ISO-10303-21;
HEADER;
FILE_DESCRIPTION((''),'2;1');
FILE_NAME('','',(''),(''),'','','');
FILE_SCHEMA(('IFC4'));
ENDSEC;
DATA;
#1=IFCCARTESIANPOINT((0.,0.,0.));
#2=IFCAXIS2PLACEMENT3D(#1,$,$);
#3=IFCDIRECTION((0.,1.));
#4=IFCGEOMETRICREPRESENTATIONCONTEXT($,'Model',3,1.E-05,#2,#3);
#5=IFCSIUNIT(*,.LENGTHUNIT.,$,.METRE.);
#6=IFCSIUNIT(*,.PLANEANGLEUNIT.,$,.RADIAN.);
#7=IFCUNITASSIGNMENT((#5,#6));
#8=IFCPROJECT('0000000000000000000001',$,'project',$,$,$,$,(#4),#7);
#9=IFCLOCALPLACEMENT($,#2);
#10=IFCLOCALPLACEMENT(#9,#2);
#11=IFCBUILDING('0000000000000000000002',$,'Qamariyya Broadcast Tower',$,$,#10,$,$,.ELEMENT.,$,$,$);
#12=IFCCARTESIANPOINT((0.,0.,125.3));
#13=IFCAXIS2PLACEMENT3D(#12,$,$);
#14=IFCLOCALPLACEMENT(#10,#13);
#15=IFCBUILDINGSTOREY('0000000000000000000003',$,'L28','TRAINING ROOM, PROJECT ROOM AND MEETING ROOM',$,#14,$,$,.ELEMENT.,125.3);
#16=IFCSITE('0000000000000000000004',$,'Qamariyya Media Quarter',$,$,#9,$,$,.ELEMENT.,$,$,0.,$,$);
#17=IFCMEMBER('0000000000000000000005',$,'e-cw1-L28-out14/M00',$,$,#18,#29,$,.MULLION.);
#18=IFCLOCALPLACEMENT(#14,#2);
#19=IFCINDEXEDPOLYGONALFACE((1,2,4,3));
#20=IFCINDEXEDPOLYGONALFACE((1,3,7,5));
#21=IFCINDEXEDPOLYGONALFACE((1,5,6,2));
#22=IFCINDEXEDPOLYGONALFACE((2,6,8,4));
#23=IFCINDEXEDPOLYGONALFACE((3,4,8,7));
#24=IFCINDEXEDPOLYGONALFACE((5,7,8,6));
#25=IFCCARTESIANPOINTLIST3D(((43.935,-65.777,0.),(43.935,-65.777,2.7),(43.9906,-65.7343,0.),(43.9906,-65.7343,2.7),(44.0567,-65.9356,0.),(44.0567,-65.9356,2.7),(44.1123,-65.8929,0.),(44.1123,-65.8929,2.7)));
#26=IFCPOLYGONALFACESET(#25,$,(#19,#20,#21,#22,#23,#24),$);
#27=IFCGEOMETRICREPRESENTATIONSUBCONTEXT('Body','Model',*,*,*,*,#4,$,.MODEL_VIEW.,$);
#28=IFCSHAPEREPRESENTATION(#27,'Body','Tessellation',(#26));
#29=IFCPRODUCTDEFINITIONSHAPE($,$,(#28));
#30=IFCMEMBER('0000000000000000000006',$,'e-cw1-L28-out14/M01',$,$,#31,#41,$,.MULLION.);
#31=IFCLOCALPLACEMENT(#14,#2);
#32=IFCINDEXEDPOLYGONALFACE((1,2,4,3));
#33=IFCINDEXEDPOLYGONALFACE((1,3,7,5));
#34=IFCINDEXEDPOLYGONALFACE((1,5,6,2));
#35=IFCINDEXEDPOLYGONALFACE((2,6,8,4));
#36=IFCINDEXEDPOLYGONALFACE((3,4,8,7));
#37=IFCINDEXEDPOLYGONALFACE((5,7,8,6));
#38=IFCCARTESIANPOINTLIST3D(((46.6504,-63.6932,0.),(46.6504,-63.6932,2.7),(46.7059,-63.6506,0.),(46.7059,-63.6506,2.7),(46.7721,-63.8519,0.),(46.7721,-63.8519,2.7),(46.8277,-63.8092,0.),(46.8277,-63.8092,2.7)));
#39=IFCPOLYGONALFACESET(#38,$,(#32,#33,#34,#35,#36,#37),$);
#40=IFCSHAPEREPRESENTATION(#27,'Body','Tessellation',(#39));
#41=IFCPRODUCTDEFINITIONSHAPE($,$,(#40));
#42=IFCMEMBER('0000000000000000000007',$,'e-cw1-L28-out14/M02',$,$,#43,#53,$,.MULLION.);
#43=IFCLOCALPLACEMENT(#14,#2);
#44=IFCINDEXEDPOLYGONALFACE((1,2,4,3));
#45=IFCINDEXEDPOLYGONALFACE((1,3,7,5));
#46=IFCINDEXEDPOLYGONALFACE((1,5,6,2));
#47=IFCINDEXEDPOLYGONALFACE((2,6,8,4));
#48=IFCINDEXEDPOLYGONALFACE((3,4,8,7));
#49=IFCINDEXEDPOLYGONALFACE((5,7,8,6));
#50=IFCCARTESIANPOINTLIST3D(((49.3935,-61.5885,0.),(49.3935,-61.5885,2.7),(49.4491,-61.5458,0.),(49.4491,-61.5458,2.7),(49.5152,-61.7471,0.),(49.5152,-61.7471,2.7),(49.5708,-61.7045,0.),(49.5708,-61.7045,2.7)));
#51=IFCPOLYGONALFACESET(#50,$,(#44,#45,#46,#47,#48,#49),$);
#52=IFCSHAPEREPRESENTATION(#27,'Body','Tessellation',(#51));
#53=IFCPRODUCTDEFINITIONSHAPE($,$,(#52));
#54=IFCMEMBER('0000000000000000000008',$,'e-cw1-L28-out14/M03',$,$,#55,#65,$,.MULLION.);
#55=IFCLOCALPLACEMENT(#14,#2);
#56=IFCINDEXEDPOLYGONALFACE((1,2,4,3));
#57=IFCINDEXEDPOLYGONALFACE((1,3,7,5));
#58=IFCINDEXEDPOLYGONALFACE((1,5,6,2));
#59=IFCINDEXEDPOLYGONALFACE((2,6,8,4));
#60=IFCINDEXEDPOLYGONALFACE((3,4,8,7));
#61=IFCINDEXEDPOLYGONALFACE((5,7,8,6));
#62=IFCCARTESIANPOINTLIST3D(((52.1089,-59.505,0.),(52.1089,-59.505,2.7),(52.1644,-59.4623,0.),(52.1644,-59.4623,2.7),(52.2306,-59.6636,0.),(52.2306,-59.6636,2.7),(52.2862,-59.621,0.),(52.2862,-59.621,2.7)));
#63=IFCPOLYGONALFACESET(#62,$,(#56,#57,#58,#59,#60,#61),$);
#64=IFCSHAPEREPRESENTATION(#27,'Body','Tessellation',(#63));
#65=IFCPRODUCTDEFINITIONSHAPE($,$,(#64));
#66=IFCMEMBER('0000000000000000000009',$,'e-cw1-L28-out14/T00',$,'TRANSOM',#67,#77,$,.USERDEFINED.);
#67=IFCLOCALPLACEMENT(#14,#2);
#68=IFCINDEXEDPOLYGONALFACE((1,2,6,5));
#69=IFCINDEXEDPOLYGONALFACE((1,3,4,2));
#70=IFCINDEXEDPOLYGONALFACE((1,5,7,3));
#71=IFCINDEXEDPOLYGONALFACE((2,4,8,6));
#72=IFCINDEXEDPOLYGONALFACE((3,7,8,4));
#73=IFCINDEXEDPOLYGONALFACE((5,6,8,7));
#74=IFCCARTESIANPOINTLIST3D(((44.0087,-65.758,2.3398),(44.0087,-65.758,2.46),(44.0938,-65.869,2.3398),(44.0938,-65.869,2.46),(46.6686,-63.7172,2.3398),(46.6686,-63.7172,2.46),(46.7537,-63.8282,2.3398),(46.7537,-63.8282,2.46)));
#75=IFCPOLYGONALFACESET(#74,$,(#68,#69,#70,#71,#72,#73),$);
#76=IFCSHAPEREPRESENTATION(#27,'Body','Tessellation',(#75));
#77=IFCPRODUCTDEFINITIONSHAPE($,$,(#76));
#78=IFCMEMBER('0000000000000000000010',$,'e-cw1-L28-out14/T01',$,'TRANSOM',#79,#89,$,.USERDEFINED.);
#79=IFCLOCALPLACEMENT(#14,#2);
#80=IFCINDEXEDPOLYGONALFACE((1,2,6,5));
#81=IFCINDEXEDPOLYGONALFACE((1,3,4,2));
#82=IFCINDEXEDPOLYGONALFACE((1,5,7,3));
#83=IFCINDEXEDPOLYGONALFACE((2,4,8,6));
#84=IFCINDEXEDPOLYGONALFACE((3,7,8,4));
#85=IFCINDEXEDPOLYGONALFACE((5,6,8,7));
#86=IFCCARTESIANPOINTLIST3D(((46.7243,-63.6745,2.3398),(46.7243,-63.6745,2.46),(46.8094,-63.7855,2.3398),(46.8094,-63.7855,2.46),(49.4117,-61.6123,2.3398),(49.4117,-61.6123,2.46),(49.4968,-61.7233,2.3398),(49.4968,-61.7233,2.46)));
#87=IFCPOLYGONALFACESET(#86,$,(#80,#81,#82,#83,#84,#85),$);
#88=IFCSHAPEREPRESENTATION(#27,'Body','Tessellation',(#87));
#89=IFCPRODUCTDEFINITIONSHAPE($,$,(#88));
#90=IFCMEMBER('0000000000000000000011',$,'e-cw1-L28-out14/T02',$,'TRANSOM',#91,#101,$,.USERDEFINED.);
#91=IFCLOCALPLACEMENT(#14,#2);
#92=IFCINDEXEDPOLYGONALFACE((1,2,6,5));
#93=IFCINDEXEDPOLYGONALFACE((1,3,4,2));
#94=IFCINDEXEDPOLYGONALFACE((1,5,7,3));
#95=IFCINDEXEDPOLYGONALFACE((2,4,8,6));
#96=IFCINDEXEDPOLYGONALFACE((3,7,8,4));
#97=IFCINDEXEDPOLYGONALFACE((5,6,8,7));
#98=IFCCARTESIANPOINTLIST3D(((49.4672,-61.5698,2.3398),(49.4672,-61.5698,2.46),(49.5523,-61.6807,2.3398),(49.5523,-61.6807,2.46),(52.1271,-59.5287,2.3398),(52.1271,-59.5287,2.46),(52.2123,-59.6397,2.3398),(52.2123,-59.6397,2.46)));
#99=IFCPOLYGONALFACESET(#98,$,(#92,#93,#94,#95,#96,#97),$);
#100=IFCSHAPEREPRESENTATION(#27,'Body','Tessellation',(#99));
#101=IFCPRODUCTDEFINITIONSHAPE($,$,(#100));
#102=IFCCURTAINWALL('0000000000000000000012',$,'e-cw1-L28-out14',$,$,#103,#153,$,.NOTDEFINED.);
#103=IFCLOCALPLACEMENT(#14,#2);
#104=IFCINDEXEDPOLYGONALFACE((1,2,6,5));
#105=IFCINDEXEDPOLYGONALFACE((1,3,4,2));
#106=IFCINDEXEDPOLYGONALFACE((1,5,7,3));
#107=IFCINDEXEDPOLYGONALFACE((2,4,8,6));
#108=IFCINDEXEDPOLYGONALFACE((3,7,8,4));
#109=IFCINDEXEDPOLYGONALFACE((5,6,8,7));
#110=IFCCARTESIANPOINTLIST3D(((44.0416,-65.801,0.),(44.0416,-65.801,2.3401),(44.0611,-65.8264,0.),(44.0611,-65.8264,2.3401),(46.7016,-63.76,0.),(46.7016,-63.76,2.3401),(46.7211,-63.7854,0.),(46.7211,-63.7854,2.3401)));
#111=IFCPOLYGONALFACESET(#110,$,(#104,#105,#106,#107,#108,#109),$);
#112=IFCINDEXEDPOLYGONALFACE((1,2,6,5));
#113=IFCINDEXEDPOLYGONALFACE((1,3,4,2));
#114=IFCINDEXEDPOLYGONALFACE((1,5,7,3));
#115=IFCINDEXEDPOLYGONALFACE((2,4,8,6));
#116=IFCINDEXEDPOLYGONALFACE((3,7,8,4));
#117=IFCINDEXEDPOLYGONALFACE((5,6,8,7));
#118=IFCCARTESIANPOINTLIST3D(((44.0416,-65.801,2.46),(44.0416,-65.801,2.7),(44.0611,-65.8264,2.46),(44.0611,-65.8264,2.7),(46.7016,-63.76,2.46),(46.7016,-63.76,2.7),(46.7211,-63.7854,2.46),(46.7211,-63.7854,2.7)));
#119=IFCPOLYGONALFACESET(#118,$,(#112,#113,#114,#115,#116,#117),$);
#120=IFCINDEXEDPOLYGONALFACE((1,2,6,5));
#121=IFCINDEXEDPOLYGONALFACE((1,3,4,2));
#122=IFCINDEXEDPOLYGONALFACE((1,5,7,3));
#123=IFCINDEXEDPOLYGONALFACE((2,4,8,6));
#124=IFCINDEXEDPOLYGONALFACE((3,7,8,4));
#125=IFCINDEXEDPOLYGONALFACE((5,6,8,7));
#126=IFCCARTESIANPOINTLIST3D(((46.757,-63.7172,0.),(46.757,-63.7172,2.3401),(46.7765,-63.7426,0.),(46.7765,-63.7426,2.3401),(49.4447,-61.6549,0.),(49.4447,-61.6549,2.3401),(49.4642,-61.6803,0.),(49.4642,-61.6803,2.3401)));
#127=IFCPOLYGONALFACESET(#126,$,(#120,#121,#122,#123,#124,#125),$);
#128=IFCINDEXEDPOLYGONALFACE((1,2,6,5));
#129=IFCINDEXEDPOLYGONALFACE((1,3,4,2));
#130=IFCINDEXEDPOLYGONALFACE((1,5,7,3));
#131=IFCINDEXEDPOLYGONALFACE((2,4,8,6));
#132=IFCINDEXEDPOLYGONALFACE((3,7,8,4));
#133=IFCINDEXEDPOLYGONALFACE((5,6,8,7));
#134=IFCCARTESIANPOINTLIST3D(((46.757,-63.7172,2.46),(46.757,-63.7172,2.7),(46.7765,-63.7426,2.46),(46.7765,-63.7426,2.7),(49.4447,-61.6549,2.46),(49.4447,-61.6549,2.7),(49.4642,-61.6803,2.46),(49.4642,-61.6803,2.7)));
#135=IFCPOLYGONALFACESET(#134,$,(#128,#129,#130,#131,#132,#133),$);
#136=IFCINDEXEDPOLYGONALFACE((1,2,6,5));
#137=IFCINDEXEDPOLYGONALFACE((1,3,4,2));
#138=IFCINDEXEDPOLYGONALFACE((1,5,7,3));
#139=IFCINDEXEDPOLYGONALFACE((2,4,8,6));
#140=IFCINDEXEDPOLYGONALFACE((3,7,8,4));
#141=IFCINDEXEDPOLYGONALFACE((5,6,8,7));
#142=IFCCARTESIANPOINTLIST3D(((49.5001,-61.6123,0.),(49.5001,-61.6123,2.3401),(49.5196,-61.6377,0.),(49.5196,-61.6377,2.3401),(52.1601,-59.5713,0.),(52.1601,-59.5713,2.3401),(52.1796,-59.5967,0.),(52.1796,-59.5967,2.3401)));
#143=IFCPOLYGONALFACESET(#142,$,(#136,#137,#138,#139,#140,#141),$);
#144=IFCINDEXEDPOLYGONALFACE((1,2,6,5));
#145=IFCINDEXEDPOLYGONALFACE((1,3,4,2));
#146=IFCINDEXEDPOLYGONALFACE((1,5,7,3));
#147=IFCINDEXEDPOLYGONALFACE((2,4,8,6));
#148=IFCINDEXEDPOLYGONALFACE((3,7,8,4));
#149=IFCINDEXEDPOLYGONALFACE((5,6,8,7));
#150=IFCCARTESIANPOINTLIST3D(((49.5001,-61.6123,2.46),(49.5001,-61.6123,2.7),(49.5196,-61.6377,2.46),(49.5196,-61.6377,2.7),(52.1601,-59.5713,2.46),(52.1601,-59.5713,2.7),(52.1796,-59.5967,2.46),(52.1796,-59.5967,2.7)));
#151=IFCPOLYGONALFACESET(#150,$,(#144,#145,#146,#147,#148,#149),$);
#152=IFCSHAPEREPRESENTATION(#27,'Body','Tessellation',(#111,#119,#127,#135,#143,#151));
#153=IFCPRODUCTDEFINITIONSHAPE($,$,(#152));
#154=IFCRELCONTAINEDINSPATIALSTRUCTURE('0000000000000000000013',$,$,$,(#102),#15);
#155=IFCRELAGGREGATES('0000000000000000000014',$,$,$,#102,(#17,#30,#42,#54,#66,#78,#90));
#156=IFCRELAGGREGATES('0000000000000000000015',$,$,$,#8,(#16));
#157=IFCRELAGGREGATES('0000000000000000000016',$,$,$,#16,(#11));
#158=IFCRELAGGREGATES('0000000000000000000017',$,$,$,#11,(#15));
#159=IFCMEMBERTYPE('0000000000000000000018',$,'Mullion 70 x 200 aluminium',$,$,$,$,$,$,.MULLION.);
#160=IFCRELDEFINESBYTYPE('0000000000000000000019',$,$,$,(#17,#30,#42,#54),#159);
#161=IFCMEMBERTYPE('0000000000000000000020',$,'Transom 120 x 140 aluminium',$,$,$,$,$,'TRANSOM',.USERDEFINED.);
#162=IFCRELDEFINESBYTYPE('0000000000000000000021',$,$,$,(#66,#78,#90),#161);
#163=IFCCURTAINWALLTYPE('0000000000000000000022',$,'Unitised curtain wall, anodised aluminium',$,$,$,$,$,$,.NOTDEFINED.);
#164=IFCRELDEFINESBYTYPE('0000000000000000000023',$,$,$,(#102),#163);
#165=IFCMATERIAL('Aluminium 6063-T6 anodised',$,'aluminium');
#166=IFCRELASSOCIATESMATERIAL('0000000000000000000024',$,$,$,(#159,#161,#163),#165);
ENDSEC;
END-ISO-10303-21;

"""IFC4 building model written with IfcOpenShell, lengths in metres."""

from ifc_helpers import new_model, si_unit, direction, frame, origin, origin_2d, place, context, subcontext, project, spatial, rectangle, extrude, material, material_profile, profile_set, type_object, element, aggregate, save


model = new_model("IFC4")

# Units and contexts
model_context = context("Model", 3, precision=1e-05, world=origin(), true_north=direction((0.0, 1.0)))
body_context = subcontext(model_context, "Body", "Model", "MODEL_VIEW")
ifc_project = project(units=[si_unit("LENGTHUNIT", "METRE"), si_unit("PLANEANGLEUNIT", "RADIAN")], contexts=[model_context])

# Members
ifc_material = material(Name="Aluminium 6063-T6 anodised", Category="aluminium")
ifc_material_profile_1 = material_profile(ifc_material, rectangle(XDim=0.2, YDim=0.0701, at=origin_2d()))
ifc_profile_set_1 = profile_set([ifc_material_profile_1], Name="Aluminium 6063-T6 anodised")
member_type_1 = type_object("IfcMemberType", Name="Mullion 70 x 200 aluminium", PredefinedType="MULLION", material=ifc_profile_set_1)
site_placement = place(None, origin())
building_placement = place(site_placement, origin())
storey_placement = place(building_placement, frame((0.0, 0.0, 125.3)))
member_1_placement = place(storey_placement, frame((44.0237, -65.835, 0.0), z_axis=(0.0, 0.0, 1.0), x_axis=(-0.608761, 0.793353, 0.0)))
member_1 = element("IfcMember", 1, at=member_1_placement, type_object=member_type_1, Name="e-cw1-L28-out14/M00", PredefinedType="MULLION", context=body_context, shape_type="SweptSolid", body=[
    extrude(rectangle(XDim=0.2, YDim=0.0701, at=origin_2d()), origin(), (0.0, 0.0, 1.0), 2.7),
])
member_2_placement = place(storey_placement, frame((46.739, -63.7512, 0.0), z_axis=(0.0, 0.0, 1.0), x_axis=(-0.608761, 0.793353, 0.0)))
member_2 = element("IfcMember", 2, at=member_2_placement, type_object=member_type_1, Name="e-cw1-L28-out14/M01", PredefinedType="MULLION", context=body_context, shape_type="SweptSolid", body=[
    extrude(rectangle(XDim=0.2, YDim=0.0701, at=origin_2d()), origin(), (0.0, 0.0, 1.0), 2.7),
])
member_3_placement = place(storey_placement, frame((49.4822, -61.6465, 0.0), z_axis=(0.0, 0.0, 1.0), x_axis=(-0.608761, 0.793353, 0.0)))
member_3 = element("IfcMember", 3, at=member_3_placement, type_object=member_type_1, Name="e-cw1-L28-out14/M02", PredefinedType="MULLION", context=body_context, shape_type="SweptSolid", body=[
    extrude(rectangle(XDim=0.2, YDim=0.0701, at=origin_2d()), origin(), (0.0, 0.0, 1.0), 2.7),
])
member_4_placement = place(storey_placement, frame((52.1975, -59.563, 0.0), z_axis=(0.0, 0.0, 1.0), x_axis=(-0.608761, 0.793353, 0.0)))
member_4 = element("IfcMember", 4, at=member_4_placement, type_object=member_type_1, Name="e-cw1-L28-out14/M03", PredefinedType="MULLION", context=body_context, shape_type="SweptSolid", body=[
    extrude(rectangle(XDim=0.2, YDim=0.0701, at=origin_2d()), origin(), (0.0, 0.0, 1.0), 2.7),
])
ifc_material_profile_2 = material_profile(ifc_material, rectangle(XDim=0.1399, YDim=0.1201, at=origin_2d()))
ifc_profile_set_2 = profile_set([ifc_material_profile_2], Name="Aluminium 6063-T6 anodised")
member_type_2 = type_object("IfcMemberType", Name="Transom 120 x 140 aluminium", ElementType="TRANSOM", PredefinedType="USERDEFINED", material=ifc_profile_set_2)
member_5_placement = place(storey_placement, frame((44.0513, -65.8135, 2.3999), z_axis=(0.793389, 0.608714, 0.0), x_axis=(-0.608714, 0.793389, 0.0)))
member_5 = element("IfcMember", 5, at=member_5_placement, type_object=member_type_2, Name="e-cw1-L28-out14/T00", ObjectType="TRANSOM", PredefinedType="USERDEFINED", context=body_context, shape_type="SweptSolid", body=[
    extrude(rectangle(XDim=0.1399, YDim=0.1201, at=origin_2d()), origin(), (0.0, 0.0, 1.0), 3.3525),
])
member_6_placement = place(storey_placement, frame((46.7668, -63.73, 2.3999), z_axis=(0.793344, 0.608773, 0.0), x_axis=(-0.608773, 0.793344, 0.0)))
member_6 = element("IfcMember", 6, at=member_6_placement, type_object=member_type_2, Name="e-cw1-L28-out14/T01", ObjectType="TRANSOM", PredefinedType="USERDEFINED", context=body_context, shape_type="SweptSolid", body=[
    extrude(rectangle(XDim=0.1399, YDim=0.1201, at=origin_2d()), origin(), (0.0, 0.0, 1.0), 3.3875),
])
member_7_placement = place(storey_placement, frame((49.5098, -61.6252, 2.3999), z_axis=(0.793354, 0.60876, 0.0), x_axis=(-0.60876, 0.793354, 0.0)))
member_7 = element("IfcMember", 7, at=member_7_placement, type_object=member_type_2, Name="e-cw1-L28-out14/T02", ObjectType="TRANSOM", PredefinedType="USERDEFINED", context=body_context, shape_type="SweptSolid", body=[
    extrude(rectangle(XDim=0.1399, YDim=0.1201, at=origin_2d()), origin(), (0.0, 0.0, 1.0), 3.3528),
])

# Site, building, storey
site = spatial("IfcSite", under=ifc_project, at=site_placement, Name="Qamariyya Media Quarter", CompositionType="ELEMENT", RefElevation=0.0)
building = spatial("IfcBuilding", under=site, at=building_placement, Name="Qamariyya Broadcast Tower", CompositionType="ELEMENT")
storey = spatial("IfcBuildingStorey", under=building, at=storey_placement, Name="L28", Description="TRAINING ROOM, PROJECT ROOM AND MEETING ROOM", CompositionType="ELEMENT", Elevation=125.3)

# Curtain wall
curtain_wall_type = type_object("IfcCurtainWallType", Name="Unitised curtain wall, anodised aluminium", PredefinedType="NOTDEFINED", material=ifc_material)
curtain_wall_1_placement = place(storey_placement, origin())
curtain_wall_1 = element("IfcCurtainWall", 8, at=curtain_wall_1_placement, inside=storey, type_object=curtain_wall_type, Name="e-cw1-L28-out14", PredefinedType="NOTDEFINED", context=body_context, shape_type="SweptSolid", body=[
    extrude(rectangle(XDim=3.3528, YDim=0.032, at=origin_2d()), frame((45.3813, -64.7932, 0.0), x_axis=(0.793354, 0.608761, 0.0)), (0.0, 0.0, 1.0), 2.3401),
    extrude(rectangle(XDim=3.3528, YDim=0.032, at=origin_2d()), frame((45.3813, -64.7932, 2.46), x_axis=(0.793354, 0.608761, 0.0)), (0.0, 0.0, 1.0), 0.24),
    extrude(rectangle(XDim=3.3877, YDim=0.032, at=origin_2d()), frame((48.1106, -62.6987, 0.0), x_axis=(0.793354, 0.608761, 0.0)), (0.0, 0.0, 1.0), 2.3401),
    extrude(rectangle(XDim=3.3877, YDim=0.032, at=origin_2d()), frame((48.1106, -62.6987, 2.46), x_axis=(0.793354, 0.608761, 0.0)), (0.0, 0.0, 1.0), 0.24),
    extrude(rectangle(XDim=3.3528, YDim=0.032, at=origin_2d()), frame((50.8398, -60.6045, 0.0), x_axis=(0.793354, 0.608761, 0.0)), (0.0, 0.0, 1.0), 2.3401),
    extrude(rectangle(XDim=3.3528, YDim=0.032, at=origin_2d()), frame((50.8398, -60.6045, 2.46), x_axis=(0.793354, 0.608761, 0.0)), (0.0, 0.0, 1.0), 0.24),
])
aggregate(curtain_wall_1, [member_1, member_2, member_3, member_4, member_5, member_6, member_7])

save(model, "model.ifc")
